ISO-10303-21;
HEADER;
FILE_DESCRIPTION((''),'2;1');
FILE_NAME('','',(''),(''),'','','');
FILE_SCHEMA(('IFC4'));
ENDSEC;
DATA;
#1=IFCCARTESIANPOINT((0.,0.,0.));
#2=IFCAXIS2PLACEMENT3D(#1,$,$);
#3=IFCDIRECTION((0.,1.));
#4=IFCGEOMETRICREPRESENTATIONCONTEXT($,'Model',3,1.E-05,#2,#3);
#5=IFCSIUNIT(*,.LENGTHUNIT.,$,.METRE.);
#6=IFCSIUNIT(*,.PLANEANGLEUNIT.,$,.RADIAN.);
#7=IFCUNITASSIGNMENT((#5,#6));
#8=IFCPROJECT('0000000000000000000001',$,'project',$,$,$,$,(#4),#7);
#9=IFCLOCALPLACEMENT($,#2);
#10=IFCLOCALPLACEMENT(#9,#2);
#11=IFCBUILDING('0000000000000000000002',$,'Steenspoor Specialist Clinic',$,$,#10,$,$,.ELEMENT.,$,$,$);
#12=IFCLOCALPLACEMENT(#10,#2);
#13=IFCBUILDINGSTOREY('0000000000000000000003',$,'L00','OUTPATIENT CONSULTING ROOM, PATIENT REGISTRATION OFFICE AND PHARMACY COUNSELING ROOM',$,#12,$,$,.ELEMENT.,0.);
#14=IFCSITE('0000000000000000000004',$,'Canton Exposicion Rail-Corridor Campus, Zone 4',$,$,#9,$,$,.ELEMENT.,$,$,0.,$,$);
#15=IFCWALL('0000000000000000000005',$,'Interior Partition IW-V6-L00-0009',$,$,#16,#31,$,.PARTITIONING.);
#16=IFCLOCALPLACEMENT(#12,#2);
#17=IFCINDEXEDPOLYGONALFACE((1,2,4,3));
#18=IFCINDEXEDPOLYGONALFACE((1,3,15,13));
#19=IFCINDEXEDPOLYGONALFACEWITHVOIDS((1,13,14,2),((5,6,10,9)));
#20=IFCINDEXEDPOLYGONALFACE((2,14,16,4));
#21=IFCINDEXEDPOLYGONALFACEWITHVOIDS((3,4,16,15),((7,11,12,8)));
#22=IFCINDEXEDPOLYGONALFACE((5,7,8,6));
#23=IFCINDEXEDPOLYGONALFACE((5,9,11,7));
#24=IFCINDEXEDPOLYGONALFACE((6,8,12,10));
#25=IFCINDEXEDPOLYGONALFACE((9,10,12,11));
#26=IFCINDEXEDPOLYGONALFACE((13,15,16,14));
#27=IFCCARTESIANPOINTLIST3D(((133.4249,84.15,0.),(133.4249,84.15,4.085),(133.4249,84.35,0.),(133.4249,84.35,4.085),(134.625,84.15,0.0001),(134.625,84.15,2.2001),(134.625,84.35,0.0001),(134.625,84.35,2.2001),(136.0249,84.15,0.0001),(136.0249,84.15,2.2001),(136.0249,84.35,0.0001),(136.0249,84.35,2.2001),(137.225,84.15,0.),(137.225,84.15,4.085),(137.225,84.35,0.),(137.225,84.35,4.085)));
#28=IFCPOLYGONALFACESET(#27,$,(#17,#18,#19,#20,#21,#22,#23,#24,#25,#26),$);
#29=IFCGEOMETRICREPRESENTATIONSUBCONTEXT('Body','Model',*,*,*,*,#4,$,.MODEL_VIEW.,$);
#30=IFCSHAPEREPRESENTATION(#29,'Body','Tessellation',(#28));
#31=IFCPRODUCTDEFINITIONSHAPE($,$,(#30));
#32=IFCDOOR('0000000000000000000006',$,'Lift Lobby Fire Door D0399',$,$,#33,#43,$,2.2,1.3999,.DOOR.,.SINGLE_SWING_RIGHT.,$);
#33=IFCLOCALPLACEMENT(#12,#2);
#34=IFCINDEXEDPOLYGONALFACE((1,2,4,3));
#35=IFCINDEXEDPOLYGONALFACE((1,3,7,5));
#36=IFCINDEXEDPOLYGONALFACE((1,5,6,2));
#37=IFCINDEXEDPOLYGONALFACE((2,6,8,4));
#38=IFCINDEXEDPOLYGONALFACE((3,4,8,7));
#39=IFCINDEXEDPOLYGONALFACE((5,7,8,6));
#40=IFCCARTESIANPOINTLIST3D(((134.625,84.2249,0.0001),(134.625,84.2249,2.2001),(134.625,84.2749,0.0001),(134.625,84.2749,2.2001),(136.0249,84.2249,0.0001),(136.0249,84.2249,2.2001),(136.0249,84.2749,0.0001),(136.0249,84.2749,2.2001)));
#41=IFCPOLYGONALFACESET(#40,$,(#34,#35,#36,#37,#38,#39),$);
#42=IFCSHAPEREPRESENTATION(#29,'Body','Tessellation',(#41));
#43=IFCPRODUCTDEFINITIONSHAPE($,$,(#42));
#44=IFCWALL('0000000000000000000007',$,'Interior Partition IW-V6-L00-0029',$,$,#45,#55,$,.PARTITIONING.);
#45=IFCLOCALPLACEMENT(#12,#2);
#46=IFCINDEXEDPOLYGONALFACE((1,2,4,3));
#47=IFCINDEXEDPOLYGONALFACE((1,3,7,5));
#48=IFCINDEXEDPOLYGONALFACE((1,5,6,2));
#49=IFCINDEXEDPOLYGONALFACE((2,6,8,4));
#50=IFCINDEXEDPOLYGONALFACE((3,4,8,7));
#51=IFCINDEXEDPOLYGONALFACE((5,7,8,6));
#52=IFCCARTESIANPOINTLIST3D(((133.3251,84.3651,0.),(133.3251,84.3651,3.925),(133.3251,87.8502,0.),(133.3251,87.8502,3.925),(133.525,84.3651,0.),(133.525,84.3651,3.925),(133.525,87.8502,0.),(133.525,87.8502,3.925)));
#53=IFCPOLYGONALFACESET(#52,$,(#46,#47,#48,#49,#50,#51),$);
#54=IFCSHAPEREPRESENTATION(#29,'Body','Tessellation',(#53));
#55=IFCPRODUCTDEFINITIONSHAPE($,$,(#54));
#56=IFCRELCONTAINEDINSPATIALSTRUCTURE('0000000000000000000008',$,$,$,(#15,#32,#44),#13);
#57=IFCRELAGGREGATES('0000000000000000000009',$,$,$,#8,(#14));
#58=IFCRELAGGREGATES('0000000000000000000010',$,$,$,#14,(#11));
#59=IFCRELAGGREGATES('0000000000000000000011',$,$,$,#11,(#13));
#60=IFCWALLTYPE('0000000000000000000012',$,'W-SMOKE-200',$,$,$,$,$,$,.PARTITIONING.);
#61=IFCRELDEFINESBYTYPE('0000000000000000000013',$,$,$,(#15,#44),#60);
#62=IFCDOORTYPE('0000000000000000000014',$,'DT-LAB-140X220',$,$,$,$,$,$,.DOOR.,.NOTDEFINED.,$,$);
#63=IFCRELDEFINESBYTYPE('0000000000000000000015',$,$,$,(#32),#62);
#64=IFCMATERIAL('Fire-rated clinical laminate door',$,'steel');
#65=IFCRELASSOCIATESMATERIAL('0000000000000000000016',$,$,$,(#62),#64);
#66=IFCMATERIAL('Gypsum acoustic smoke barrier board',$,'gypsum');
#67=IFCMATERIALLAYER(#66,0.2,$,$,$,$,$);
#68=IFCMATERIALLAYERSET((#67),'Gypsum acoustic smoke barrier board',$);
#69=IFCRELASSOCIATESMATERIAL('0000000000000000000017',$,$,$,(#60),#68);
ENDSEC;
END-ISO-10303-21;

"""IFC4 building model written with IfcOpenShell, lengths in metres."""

from ifc_helpers import new_model, si_unit, direction, frame, frame_2d, origin, place, context, subcontext, project, spatial, rectangle, extrude, material, layer, layer_set, type_object, element, fill, save


model = new_model("IFC4")

# Units and contexts
model_context = context("Model", 3, precision=1e-05, world=origin(), true_north=direction((0.0, 1.0)))
body_context = subcontext(model_context, "Body", "Model", "MODEL_VIEW")
ifc_project = project(units=[si_unit("LENGTHUNIT", "METRE"), si_unit("PLANEANGLEUNIT", "RADIAN")], contexts=[model_context])

# Site, building, storey
site_placement = place(None, origin())
site = spatial("IfcSite", under=ifc_project, at=site_placement, Name="Canton Exposicion Rail-Corridor Campus, Zone 4", CompositionType="ELEMENT", RefElevation=0.0)
building_placement = place(site_placement, origin())
building = spatial("IfcBuilding", under=site, at=building_placement, Name="Steenspoor Specialist Clinic", CompositionType="ELEMENT")
storey_placement = place(building_placement, origin())
storey = spatial("IfcBuildingStorey", under=building, at=storey_placement, Name="L00", Description="OUTPATIENT CONSULTING ROOM, PATIENT REGISTRATION OFFICE AND PHARMACY COUNSELING ROOM", CompositionType="ELEMENT", Elevation=0.0)

# Shared definitions
ifc_material_1 = material(Name="Fire-rated clinical laminate door", Category="steel")
door_type = type_object("IfcDoorType", Name="DT-LAB-140X220", OperationType="NOTDEFINED", PredefinedType="DOOR", material=ifc_material_1)

# Wall, opening, door
ifc_material_2 = material(Name="Gypsum acoustic smoke barrier board", Category="gypsum")
ifc_layer_1 = layer(ifc_material_2, 0.2)
ifc_layer_set_1 = layer_set([ifc_layer_1], Name="Gypsum acoustic smoke barrier board")
wall_type_1 = type_object("IfcWallType", Name="W-SMOKE-200", PredefinedType="PARTITIONING", material=ifc_layer_set_1)
wall_1_placement = place(storey_placement, frame((133.425, 84.25, 0.0), z_axis=(0.0, 0.0, 1.0), x_axis=(1.0, 0.0, 0.0)))
wall_1 = element("IfcWall", 1, at=wall_1_placement, inside=storey, type_object=wall_type_1, Name="Interior Partition IW-V6-L00-0009", PredefinedType="PARTITIONING", context=body_context, shape_type="SweptSolid", body=[
    extrude(rectangle(XDim=3.8, YDim=0.2, at=frame_2d((1.8999, 0.0))), origin(), (0.0, 0.0, 1.0), 4.085),
])
opening_1_placement = place(wall_1_placement, frame((1.2, 0.0, 0.0)))
opening_1 = element("IfcOpeningElement", 2, at=opening_1_placement, cuts=wall_1, PredefinedType="OPENING", context=body_context, shape_type="SweptSolid", body=[
    extrude(rectangle(XDim=1.3999, YDim=2.2, at=frame_2d((0.7, 1.1001))), frame((0.0, 0.1099, 0.0), z_axis=(0.0, -1.0, 0.0), x_axis=(1.0, 0.0, 0.0)), (0.0, 0.0, 1.0), 0.22),
])
door_1_placement = place(opening_1_placement, origin())
door_1 = element("IfcDoor", 3, at=door_1_placement, inside=storey, type_object=door_type, Name="Lift Lobby Fire Door D0399", OperationType="SINGLE_SWING_RIGHT", OverallHeight=2.2, OverallWidth=1.3999, PredefinedType="DOOR", context=body_context, shape_type="SweptSolid", body=[
    extrude(rectangle(XDim=1.3999, YDim=2.2, at=frame_2d((0.7, 1.1001))), frame((0.0, 0.0249, 0.0), z_axis=(0.0, -1.0, 0.0), x_axis=(1.0, 0.0, 0.0)), (0.0, 0.0, 1.0), 0.05),
])
fill(opening_1, door_1)

# Wall
wall_2_placement = place(storey_placement, frame((133.425, 84.365, 0.0), z_axis=(0.0, 0.0, 1.0), x_axis=(0.0, 1.0, 0.0)))
element("IfcWall", 4, at=wall_2_placement, inside=storey, type_object=wall_type_1, Name="Interior Partition IW-V6-L00-0029", PredefinedType="PARTITIONING", context=body_context, shape_type="SweptSolid", body=[
    extrude(rectangle(XDim=3.4851, YDim=0.2, at=frame_2d((1.7427, 0.0))), origin(), (0.0, 0.0, 1.0), 3.925),
])

save(model, "model.ifc")
